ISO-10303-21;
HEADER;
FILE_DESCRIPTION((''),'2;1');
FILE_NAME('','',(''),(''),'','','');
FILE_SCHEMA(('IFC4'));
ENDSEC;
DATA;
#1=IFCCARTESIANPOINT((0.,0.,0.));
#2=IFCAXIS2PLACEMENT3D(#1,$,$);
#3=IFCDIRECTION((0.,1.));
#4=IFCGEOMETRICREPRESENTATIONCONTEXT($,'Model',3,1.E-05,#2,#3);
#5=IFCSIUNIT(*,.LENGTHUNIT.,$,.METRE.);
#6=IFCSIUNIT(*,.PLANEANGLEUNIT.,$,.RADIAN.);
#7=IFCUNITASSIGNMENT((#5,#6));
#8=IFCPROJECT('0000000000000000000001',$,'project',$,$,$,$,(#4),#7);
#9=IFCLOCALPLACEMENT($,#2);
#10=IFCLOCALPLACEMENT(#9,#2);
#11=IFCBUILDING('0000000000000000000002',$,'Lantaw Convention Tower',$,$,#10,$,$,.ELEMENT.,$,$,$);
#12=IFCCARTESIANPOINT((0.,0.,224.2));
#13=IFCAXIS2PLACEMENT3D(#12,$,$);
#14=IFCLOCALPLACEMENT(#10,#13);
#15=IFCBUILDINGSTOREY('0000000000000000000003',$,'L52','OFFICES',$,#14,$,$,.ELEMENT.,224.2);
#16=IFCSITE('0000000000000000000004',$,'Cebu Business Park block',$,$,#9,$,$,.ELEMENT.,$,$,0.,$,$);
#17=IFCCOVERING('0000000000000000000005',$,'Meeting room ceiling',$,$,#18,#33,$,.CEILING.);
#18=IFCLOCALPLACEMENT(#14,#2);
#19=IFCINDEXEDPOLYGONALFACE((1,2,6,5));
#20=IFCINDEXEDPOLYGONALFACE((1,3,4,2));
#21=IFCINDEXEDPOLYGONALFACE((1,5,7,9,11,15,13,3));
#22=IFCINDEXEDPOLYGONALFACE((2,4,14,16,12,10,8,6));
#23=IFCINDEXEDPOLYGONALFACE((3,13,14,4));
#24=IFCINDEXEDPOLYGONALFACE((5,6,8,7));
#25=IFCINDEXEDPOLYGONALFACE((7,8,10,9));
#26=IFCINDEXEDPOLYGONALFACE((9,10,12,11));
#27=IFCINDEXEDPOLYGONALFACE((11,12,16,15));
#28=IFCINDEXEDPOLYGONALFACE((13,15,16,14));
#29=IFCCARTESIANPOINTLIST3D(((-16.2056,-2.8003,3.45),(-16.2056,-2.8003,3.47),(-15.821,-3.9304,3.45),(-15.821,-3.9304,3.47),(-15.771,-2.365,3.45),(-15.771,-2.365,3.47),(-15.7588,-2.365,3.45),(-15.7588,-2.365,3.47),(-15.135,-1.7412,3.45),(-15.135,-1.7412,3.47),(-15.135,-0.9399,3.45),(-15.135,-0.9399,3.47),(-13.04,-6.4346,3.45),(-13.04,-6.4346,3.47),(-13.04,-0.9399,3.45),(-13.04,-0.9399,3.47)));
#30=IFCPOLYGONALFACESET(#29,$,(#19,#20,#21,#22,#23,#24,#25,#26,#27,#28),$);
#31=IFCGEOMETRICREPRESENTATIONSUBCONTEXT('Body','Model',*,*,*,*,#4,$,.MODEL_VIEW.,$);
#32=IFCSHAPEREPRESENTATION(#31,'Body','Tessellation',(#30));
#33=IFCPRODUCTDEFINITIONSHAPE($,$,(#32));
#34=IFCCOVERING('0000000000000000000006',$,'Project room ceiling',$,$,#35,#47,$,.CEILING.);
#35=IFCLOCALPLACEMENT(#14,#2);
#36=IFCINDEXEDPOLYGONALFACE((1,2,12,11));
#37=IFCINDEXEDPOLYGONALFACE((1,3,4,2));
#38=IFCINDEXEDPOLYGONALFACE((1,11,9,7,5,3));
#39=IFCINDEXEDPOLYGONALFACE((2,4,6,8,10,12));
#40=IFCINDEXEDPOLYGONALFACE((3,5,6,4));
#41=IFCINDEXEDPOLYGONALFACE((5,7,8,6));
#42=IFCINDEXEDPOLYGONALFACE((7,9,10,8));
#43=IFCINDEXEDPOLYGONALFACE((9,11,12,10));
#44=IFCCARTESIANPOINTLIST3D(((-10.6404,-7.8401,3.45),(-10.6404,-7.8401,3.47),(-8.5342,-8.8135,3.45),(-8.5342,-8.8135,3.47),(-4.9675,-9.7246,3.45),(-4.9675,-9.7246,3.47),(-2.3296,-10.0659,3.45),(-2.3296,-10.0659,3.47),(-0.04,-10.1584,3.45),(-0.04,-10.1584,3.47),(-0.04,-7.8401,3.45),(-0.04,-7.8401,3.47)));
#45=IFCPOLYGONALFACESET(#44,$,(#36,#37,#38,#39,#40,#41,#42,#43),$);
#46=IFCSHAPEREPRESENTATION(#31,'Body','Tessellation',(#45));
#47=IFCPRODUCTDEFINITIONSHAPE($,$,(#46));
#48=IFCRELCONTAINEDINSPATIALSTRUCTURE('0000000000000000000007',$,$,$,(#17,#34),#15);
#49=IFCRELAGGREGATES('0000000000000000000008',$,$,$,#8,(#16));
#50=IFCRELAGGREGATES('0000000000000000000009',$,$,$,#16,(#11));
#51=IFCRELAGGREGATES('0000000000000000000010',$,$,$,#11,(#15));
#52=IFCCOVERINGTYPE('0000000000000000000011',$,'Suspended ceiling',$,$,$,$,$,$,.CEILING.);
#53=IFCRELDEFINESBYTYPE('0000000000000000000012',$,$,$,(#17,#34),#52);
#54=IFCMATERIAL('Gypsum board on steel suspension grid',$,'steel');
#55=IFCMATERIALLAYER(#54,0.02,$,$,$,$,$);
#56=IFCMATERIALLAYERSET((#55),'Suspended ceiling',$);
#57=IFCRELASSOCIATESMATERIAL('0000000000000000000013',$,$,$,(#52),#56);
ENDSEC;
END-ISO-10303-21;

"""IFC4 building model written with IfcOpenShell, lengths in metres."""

from ifc_helpers import new_model, si_unit, direction, frame, origin, place, context, subcontext, project, spatial, polyline, outline, extrude, material, layer, layer_set, type_object, element, save


model = new_model("IFC4")

# Units and contexts
model_context = context("Model", 3, precision=1e-05, world=origin(), true_north=direction((0.0, 1.0)))
body_context = subcontext(model_context, "Body", "Model", "MODEL_VIEW")
ifc_project = project(units=[si_unit("LENGTHUNIT", "METRE"), si_unit("PLANEANGLEUNIT", "RADIAN")], contexts=[model_context])

# Site, building, storey
site_placement = place(None, origin())
site = spatial("IfcSite", under=ifc_project, at=site_placement, Name="Cebu Business Park block", CompositionType="ELEMENT", RefElevation=0.0)
building_placement = place(site_placement, origin())
building = spatial("IfcBuilding", under=site, at=building_placement, Name="Lantaw Convention Tower", CompositionType="ELEMENT")
storey_placement = place(building_placement, frame((0.0, 0.0, 224.2)))
storey = spatial("IfcBuildingStorey", under=building, at=storey_placement, Name="L52", Description="OFFICES", CompositionType="ELEMENT", Elevation=224.2)

# Coverings
ifc_material_1 = material(Name="Gypsum board on steel suspension grid", Category="steel")
ifc_layer_1 = layer(ifc_material_1, 0.02)
ifc_layer_set_1 = layer_set([ifc_layer_1], Name="Suspended ceiling")
covering_type = type_object("IfcCoveringType", Name="Suspended ceiling", PredefinedType="CEILING", material=ifc_layer_set_1)
covering_1_placement = place(storey_placement, frame((0.0, 0.0, 3.45)))
element("IfcCovering", 1, at=covering_1_placement, inside=storey, type_object=covering_type, Name="Meeting room ceiling", PredefinedType="CEILING", context=body_context, shape_type="SweptSolid", body=[
    extrude(outline(polyline([(-16.2056, -2.8003), (-15.821, -3.9304), (-13.04, -6.4346), (-13.04, -0.9399), (-15.135, -0.9399), (-15.135, -1.7412), (-15.7588, -2.365), (-15.771, -2.365), (-16.2056, -2.8003)])), origin(), (0.0, 0.0, 1.0), 0.02),
])
covering_2_placement = place(storey_placement, frame((0.0, 0.0, 3.45)))
element("IfcCovering", 2, at=covering_2_placement, inside=storey, type_object=covering_type, Name="Project room ceiling", PredefinedType="CEILING", context=body_context, shape_type="SweptSolid", body=[
    extrude(outline(polyline([(-2.3296, -10.0659), (-0.04, -10.1584), (-0.04, -7.8401), (-10.6404, -7.8401), (-8.5342, -8.8135), (-4.9675, -9.7246), (-2.3296, -10.0659)])), origin(), (0.0, 0.0, 1.0), 0.02),
])

save(model, "model.ifc")
